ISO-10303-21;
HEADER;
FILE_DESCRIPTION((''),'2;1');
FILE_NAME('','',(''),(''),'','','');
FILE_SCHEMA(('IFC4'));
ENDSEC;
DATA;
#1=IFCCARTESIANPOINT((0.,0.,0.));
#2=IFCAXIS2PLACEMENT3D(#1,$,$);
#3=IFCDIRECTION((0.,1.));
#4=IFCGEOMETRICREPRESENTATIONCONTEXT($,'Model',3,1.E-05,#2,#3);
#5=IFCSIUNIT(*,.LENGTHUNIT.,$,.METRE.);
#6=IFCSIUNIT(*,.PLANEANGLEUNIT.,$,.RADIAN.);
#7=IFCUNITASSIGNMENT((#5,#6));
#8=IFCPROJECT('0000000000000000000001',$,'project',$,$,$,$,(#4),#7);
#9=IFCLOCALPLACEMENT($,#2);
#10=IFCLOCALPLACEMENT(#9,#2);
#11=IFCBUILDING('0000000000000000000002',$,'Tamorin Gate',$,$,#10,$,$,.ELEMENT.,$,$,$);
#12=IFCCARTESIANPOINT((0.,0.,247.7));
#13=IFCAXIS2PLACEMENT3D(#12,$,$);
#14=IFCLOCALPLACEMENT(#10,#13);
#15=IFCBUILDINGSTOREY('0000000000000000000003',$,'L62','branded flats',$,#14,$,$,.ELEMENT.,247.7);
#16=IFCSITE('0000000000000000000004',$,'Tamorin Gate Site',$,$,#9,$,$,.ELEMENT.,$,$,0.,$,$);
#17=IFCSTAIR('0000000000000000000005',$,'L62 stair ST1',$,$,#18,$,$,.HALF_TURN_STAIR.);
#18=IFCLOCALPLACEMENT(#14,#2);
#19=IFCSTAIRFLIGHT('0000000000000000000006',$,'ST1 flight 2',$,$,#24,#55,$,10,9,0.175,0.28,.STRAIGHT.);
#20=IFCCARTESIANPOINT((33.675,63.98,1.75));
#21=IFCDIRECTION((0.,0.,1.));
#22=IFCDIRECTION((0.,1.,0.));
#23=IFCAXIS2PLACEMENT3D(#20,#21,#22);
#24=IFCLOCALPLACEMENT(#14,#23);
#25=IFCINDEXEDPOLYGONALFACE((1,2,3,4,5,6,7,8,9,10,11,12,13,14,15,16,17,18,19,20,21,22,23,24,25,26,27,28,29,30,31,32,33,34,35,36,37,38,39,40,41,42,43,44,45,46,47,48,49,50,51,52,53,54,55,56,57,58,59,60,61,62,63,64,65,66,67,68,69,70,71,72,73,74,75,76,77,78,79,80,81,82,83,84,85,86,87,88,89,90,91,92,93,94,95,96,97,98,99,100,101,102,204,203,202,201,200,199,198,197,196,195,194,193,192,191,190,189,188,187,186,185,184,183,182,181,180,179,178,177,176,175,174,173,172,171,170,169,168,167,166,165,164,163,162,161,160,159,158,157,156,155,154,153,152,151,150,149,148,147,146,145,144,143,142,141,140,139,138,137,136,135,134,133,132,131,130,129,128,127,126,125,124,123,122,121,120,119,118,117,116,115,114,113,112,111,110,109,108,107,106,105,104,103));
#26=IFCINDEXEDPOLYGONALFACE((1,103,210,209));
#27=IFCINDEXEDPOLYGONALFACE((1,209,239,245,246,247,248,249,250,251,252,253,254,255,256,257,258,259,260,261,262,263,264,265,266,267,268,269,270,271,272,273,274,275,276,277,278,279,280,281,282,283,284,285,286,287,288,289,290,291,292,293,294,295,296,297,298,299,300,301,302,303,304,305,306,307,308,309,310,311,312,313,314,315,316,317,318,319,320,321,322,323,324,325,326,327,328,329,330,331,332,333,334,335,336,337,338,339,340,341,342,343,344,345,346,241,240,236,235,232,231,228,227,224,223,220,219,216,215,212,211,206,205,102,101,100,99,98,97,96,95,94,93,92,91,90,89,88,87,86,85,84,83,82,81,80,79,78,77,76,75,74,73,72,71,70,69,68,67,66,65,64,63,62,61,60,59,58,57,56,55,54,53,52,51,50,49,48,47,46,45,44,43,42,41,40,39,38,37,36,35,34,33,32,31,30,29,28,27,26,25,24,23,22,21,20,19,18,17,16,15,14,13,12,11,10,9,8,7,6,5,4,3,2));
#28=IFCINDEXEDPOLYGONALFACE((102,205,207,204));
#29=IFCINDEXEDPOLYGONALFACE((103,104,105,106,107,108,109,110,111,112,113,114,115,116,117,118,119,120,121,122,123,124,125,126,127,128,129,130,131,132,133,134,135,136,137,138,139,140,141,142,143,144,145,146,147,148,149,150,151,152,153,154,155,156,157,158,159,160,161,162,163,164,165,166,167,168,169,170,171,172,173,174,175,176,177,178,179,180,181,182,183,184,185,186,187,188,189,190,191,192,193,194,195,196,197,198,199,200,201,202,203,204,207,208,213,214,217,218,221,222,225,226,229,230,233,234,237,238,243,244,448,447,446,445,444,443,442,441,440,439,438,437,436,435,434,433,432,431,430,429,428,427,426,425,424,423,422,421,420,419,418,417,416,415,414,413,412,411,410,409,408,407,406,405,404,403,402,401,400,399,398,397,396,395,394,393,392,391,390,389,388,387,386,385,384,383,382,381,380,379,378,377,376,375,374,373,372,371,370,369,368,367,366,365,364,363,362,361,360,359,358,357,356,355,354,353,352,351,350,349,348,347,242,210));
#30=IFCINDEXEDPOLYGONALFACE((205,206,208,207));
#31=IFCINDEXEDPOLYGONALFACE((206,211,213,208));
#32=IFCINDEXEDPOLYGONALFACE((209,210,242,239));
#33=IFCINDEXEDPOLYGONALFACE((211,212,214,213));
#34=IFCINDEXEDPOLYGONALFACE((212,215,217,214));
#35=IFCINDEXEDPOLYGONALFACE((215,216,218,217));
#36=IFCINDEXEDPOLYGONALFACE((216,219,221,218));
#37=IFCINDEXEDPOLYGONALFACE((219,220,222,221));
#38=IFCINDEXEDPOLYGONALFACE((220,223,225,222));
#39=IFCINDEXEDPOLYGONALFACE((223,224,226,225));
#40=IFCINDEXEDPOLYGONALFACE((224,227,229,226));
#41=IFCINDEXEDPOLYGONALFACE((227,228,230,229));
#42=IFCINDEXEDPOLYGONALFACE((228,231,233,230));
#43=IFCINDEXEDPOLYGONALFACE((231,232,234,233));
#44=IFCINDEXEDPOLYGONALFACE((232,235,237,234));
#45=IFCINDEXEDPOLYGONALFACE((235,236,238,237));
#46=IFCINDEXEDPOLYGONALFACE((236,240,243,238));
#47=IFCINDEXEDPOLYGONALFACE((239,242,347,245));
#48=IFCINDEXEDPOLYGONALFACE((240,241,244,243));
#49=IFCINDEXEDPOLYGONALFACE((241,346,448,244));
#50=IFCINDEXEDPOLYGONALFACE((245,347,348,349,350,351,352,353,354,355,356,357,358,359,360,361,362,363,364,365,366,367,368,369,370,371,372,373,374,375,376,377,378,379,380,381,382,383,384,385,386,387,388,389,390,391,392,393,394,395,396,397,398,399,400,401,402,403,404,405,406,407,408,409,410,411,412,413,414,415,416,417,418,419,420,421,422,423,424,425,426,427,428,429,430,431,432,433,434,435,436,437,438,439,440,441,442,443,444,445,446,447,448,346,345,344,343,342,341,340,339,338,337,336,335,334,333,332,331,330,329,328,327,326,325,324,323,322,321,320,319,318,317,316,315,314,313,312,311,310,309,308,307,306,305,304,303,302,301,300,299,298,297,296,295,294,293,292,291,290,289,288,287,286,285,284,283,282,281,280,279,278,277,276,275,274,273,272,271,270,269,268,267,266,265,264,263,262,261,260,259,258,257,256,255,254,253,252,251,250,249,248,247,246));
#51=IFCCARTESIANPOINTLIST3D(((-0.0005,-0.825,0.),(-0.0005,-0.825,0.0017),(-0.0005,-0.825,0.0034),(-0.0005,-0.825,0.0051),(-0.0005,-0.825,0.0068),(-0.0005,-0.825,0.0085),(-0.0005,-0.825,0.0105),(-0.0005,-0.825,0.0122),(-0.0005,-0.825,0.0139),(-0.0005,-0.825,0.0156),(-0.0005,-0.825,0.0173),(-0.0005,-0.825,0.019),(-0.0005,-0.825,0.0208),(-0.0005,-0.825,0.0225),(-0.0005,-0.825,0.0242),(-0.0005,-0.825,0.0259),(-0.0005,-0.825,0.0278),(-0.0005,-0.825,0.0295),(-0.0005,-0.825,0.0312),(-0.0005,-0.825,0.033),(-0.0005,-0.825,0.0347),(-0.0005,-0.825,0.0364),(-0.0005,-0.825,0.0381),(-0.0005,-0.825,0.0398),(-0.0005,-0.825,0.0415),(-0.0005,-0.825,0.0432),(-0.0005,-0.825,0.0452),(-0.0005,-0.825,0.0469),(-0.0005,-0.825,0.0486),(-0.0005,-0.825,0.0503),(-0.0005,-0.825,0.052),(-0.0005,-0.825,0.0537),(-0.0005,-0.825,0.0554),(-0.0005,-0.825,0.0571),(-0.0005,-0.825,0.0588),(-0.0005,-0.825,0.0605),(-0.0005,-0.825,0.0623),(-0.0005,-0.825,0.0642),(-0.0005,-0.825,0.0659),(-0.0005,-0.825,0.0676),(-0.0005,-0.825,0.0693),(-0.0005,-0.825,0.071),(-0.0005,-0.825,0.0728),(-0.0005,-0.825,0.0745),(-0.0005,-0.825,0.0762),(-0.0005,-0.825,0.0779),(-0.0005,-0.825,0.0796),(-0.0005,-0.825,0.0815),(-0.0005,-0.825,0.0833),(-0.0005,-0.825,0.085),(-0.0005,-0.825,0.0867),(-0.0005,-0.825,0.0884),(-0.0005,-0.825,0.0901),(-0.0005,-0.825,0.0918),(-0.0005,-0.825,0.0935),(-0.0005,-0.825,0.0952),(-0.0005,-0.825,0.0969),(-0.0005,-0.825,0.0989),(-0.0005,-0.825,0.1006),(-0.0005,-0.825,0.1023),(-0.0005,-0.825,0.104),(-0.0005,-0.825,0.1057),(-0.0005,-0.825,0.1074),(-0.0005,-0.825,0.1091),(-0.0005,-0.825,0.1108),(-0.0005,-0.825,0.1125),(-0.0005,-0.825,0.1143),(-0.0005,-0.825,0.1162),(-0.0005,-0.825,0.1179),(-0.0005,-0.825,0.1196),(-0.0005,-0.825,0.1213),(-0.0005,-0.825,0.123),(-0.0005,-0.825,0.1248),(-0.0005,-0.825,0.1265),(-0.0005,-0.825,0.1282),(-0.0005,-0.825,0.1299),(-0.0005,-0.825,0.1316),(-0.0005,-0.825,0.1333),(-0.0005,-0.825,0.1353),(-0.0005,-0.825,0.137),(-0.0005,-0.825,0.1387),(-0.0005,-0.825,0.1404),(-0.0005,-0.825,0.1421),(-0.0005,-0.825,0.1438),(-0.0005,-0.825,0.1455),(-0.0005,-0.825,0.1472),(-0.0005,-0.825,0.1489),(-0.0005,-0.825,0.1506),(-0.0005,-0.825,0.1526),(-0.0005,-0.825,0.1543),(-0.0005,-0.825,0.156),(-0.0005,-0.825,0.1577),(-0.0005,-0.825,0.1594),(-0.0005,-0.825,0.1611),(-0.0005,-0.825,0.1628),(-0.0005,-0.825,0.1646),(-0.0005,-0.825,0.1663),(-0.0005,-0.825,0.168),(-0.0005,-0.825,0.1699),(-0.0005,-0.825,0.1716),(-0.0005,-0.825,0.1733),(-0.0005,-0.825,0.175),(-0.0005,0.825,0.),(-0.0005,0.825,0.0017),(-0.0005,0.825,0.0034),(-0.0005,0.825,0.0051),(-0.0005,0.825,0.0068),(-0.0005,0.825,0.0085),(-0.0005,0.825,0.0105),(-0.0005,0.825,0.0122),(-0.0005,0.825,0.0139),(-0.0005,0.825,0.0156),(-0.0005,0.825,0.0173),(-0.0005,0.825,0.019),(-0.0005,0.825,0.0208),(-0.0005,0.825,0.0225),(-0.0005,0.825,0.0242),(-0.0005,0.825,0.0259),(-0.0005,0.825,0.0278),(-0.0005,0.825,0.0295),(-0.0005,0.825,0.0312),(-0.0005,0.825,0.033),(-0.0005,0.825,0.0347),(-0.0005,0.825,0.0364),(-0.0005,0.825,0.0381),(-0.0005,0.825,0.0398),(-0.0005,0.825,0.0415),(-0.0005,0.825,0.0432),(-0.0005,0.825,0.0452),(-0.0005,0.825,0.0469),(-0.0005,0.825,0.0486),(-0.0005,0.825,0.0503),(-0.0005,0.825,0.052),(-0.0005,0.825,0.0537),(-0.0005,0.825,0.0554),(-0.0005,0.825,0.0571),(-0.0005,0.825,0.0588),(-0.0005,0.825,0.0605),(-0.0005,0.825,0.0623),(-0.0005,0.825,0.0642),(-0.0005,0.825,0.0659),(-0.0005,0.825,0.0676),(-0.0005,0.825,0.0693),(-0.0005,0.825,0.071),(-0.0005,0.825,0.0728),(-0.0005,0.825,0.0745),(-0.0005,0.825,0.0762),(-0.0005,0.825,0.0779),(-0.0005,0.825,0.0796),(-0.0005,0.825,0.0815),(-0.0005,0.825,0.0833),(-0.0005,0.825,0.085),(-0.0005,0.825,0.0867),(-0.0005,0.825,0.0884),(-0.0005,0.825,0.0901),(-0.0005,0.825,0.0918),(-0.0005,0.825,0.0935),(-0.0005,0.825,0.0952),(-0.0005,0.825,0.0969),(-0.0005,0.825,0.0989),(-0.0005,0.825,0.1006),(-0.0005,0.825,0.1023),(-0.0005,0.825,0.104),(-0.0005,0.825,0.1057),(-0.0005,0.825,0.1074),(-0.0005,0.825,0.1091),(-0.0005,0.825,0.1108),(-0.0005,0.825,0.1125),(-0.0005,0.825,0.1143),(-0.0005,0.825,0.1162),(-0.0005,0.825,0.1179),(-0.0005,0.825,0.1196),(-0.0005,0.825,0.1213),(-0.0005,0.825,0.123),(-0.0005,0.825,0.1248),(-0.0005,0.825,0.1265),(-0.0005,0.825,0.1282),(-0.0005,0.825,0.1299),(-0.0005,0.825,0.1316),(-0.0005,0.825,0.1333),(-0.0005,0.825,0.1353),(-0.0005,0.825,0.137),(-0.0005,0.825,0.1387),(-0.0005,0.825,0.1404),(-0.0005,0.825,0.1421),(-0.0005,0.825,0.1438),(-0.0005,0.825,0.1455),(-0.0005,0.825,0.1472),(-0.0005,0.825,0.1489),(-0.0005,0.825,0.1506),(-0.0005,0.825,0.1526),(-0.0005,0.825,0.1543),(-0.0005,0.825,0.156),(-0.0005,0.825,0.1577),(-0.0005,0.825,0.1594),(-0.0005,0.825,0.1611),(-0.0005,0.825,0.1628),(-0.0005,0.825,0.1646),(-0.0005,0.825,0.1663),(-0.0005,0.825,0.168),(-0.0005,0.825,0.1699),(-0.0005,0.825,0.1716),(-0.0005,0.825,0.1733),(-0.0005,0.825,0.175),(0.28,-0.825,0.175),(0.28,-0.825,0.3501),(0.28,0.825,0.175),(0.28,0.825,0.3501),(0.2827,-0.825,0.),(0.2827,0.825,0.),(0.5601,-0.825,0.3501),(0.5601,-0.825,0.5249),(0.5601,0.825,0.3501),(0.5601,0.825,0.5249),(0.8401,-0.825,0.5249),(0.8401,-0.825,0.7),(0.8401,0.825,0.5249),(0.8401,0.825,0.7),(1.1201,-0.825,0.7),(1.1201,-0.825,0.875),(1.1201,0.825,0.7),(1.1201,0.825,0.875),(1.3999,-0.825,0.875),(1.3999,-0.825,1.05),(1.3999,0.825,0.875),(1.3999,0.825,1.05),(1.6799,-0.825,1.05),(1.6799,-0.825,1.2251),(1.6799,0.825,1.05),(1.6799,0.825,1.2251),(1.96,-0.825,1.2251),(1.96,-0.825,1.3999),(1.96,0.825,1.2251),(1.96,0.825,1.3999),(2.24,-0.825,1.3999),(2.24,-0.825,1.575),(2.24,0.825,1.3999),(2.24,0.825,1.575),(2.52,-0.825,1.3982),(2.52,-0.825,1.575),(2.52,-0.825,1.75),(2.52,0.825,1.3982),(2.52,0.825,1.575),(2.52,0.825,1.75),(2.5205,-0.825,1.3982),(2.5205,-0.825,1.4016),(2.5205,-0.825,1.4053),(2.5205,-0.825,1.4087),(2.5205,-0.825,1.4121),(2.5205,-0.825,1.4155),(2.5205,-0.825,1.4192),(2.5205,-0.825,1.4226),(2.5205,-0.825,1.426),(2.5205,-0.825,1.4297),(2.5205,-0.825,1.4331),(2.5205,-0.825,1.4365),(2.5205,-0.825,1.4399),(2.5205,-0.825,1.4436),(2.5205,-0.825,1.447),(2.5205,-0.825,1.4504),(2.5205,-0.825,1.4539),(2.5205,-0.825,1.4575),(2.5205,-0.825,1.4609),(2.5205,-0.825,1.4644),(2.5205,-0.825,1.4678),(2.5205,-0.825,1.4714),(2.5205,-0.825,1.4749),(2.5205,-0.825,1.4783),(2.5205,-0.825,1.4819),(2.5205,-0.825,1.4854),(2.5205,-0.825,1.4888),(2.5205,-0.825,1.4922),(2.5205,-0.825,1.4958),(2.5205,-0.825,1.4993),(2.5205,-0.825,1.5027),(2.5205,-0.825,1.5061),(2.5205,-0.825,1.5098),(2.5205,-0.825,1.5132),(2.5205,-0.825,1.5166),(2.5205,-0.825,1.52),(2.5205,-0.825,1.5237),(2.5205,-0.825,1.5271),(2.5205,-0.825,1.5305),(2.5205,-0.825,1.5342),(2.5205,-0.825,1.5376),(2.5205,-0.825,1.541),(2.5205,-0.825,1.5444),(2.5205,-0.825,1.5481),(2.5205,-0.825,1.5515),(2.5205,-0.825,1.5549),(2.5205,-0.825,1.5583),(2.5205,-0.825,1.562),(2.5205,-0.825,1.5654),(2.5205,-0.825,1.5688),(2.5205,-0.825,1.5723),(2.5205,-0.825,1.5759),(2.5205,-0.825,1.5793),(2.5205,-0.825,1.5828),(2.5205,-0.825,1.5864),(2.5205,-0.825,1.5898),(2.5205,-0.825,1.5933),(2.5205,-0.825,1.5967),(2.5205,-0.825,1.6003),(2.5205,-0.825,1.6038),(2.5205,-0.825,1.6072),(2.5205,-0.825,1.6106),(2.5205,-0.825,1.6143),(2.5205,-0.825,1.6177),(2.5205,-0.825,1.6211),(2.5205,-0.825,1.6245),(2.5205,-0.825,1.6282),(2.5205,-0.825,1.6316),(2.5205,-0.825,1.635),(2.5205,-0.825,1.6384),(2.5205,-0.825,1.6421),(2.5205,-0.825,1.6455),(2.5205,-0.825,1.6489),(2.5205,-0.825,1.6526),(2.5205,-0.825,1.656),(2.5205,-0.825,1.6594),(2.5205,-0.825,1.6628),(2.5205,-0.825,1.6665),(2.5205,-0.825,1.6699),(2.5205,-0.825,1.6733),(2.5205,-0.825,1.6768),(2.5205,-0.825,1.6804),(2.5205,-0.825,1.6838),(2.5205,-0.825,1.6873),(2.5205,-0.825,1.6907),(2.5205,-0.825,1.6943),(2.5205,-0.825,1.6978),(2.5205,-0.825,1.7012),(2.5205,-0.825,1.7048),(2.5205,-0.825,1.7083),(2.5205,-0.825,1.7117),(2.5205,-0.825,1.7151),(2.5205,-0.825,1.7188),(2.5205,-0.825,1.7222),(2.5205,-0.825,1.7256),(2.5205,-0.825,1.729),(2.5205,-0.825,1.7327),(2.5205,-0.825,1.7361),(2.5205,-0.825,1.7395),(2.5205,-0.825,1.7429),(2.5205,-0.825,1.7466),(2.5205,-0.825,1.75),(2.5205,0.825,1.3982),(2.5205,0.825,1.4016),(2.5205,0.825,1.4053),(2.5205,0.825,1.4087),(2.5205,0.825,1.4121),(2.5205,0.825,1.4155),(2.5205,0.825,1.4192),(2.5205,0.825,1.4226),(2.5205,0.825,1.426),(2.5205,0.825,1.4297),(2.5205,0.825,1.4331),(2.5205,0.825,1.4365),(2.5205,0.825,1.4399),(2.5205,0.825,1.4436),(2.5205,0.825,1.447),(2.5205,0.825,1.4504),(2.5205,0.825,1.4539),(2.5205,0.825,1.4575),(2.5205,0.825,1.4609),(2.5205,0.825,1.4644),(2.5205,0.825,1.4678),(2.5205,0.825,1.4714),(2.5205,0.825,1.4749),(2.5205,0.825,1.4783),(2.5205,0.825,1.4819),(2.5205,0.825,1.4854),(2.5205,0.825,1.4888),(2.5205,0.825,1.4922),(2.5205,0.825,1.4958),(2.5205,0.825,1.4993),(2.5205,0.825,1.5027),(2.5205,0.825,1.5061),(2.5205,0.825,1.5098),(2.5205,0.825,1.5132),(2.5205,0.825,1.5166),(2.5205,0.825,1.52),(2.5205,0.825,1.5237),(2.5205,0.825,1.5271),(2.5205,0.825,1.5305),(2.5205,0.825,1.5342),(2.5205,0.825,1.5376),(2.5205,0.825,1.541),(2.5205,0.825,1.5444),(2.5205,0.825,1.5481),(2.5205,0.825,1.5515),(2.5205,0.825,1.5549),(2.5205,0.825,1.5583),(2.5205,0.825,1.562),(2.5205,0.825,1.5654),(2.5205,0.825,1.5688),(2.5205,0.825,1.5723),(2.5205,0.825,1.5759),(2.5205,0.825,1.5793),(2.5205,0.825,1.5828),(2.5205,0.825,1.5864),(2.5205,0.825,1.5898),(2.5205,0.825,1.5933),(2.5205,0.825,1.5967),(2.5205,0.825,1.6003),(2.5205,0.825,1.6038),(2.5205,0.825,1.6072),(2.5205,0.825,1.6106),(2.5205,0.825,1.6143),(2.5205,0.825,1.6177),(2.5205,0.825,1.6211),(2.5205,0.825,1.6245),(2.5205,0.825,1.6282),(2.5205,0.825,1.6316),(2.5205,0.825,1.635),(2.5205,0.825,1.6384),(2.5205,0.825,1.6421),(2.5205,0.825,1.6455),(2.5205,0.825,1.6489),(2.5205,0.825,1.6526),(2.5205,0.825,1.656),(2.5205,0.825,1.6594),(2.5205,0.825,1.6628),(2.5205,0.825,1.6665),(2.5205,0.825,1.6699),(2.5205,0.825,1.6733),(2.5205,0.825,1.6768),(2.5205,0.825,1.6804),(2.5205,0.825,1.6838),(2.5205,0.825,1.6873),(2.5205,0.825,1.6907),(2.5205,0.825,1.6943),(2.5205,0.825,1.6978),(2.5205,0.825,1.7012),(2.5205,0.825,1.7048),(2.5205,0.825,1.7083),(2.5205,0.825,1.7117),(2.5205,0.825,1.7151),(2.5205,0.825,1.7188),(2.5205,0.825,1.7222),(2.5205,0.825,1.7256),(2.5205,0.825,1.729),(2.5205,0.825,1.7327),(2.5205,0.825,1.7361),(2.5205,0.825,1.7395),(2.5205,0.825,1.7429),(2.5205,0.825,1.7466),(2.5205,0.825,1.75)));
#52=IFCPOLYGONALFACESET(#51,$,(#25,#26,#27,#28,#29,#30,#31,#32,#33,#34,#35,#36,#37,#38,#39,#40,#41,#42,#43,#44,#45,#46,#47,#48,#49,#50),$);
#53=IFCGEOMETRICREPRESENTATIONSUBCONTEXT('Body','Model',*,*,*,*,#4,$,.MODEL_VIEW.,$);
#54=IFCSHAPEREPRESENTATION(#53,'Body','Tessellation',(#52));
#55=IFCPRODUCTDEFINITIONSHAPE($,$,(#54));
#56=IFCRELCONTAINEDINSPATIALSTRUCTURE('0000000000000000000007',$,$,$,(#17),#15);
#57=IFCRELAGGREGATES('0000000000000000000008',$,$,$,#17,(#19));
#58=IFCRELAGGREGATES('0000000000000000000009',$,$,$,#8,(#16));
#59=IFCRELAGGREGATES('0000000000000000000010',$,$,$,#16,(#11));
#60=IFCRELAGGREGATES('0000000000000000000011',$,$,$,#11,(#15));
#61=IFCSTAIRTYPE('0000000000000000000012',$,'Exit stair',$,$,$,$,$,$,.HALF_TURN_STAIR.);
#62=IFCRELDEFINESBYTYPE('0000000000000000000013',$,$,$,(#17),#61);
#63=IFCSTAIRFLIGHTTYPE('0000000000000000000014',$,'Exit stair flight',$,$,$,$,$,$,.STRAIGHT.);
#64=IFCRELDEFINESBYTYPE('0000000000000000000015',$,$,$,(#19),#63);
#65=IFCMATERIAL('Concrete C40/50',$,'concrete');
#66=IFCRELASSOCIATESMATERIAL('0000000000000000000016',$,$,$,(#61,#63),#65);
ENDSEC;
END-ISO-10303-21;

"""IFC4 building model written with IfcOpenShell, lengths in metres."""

from ifc_helpers import new_model, si_unit, direction, frame, origin, place, context, subcontext, project, spatial, polyline, outline, extrude, material, type_object, element, aggregate, save


model = new_model("IFC4")

# Units and contexts
model_context = context("Model", 3, precision=1e-05, world=origin(), true_north=direction((0.0, 1.0)))
body_context = subcontext(model_context, "Body", "Model", "MODEL_VIEW")
ifc_project = project(units=[si_unit("LENGTHUNIT", "METRE"), si_unit("PLANEANGLEUNIT", "RADIAN")], contexts=[model_context])

# Site, building, storey
site_placement = place(None, origin())
site = spatial("IfcSite", under=ifc_project, at=site_placement, Name="Tamorin Gate Site", CompositionType="ELEMENT", RefElevation=0.0)
building_placement = place(site_placement, origin())
building = spatial("IfcBuilding", under=site, at=building_placement, Name="Tamorin Gate", CompositionType="ELEMENT")
storey_placement = place(building_placement, frame((0.0, 0.0, 247.7)))
storey = spatial("IfcBuildingStorey", under=building, at=storey_placement, Name="L62", Description="branded flats", CompositionType="ELEMENT", Elevation=247.7)

# Shared definitions
ifc_material_1 = material(Name="Concrete C40/50", Category="concrete")

# Stair, stair flight
stair_type = type_object("IfcStairType", Name="Exit stair", PredefinedType="HALF_TURN_STAIR", material=ifc_material_1)
stair_1_placement = place(storey_placement, origin())
stair_1 = element("IfcStair", 1, at=stair_1_placement, inside=storey, type_object=stair_type, Name="L62 stair ST1", PredefinedType="HALF_TURN_STAIR")
stair_flight_type = type_object("IfcStairFlightType", Name="Exit stair flight", PredefinedType="STRAIGHT", material=ifc_material_1)
stair_flight_1_placement = place(storey_placement, frame((33.675, 63.98, 1.75), z_axis=(0.0, 0.0, 1.0), x_axis=(0.0, 1.0, 0.0)))
stair_flight_1 = element("IfcStairFlight", 2, at=stair_flight_1_placement, type_object=stair_flight_type, Name="ST1 flight 2", NumberOfRisers=10, NumberOfTreads=9, PredefinedType="STRAIGHT", RiserHeight=0.175, TreadLength=0.28, context=body_context, shape_type="SweptSolid", body=[
    extrude(outline(polyline([(-0.0005, 0.0), (-0.0005, 0.0017), (-0.0005, 0.0034), (-0.0005, 0.0051), (-0.0005, 0.0068), (-0.0005, 0.0085), (-0.0005, 0.0105), (-0.0005, 0.0122), (-0.0005, 0.0139), (-0.0005, 0.0156), (-0.0005, 0.0173), (-0.0005, 0.019), (-0.0005, 0.0208), (-0.0005, 0.0225), (-0.0005, 0.0242), (-0.0005, 0.0259), (-0.0005, 0.0278), (-0.0005, 0.0295), (-0.0005, 0.0312), (-0.0005, 0.033), (-0.0005, 0.0347), (-0.0005, 0.0364), (-0.0005, 0.0381), (-0.0005, 0.0398), (-0.0005, 0.0415), (-0.0005, 0.0432), (-0.0005, 0.0452), (-0.0005, 0.0469), (-0.0005, 0.0486), (-0.0005, 0.0503), (-0.0005, 0.052), (-0.0005, 0.0537), (-0.0005, 0.0554), (-0.0005, 0.0571), (-0.0005, 0.0588), (-0.0005, 0.0605), (-0.0005, 0.0623), (-0.0005, 0.0642), (-0.0005, 0.0659), (-0.0005, 0.0676), (-0.0005, 0.0693), (-0.0005, 0.071), (-0.0005, 0.0728), (-0.0005, 0.0745), (-0.0005, 0.0762), (-0.0005, 0.0779), (-0.0005, 0.0796), (-0.0005, 0.0815), (-0.0005, 0.0833), (-0.0005, 0.085), (-0.0005, 0.0867), (-0.0005, 0.0884), (-0.0005, 0.0901), (-0.0005, 0.0918), (-0.0005, 0.0935), (-0.0005, 0.0952), (-0.0005, 0.0969), (-0.0005, 0.0989), (-0.0005, 0.1006), (-0.0005, 0.1023), (-0.0005, 0.104), (-0.0005, 0.1057), (-0.0005, 0.1074), (-0.0005, 0.1091), (-0.0005, 0.1108), (-0.0005, 0.1125), (-0.0005, 0.1143), (-0.0005, 0.1162), (-0.0005, 0.1179), (-0.0005, 0.1196), (-0.0005, 0.1213), (-0.0005, 0.123), (-0.0005, 0.1248), (-0.0005, 0.1265), (-0.0005, 0.1282), (-0.0005, 0.1299), (-0.0005, 0.1316), (-0.0005, 0.1333), (-0.0005, 0.1353), (-0.0005, 0.137), (-0.0005, 0.1387), (-0.0005, 0.1404), (-0.0005, 0.1421), (-0.0005, 0.1438), (-0.0005, 0.1455), (-0.0005, 0.1472), (-0.0005, 0.1489), (-0.0005, 0.1506), (-0.0005, 0.1526), (-0.0005, 0.1543), (-0.0005, 0.156), (-0.0005, 0.1577), (-0.0005, 0.1594), (-0.0005, 0.1611), (-0.0005, 0.1628), (-0.0005, 0.1646), (-0.0005, 0.1663), (-0.0005, 0.168), (-0.0005, 0.1699), (-0.0005, 0.1716), (-0.0005, 0.1733), (-0.0005, 0.175), (0.28, 0.175), (0.28, 0.3501), (0.5601, 0.3501), (0.5601, 0.5249), (0.8401, 0.5249), (0.8401, 0.7), (1.1201, 0.7), (1.1201, 0.875), (1.3999, 0.875), (1.3999, 1.05), (1.6799, 1.05), (1.6799, 1.2251), (1.96, 1.2251), (1.96, 1.3999), (2.24, 1.3999), (2.24, 1.575), (2.52, 1.575), (2.52, 1.75), (2.5205, 1.75), (2.5205, 1.7466), (2.5205, 1.7429), (2.5205, 1.7395), (2.5205, 1.7361), (2.5205, 1.7327), (2.5205, 1.729), (2.5205, 1.7256), (2.5205, 1.7222), (2.5205, 1.7188), (2.5205, 1.7151), (2.5205, 1.7117), (2.5205, 1.7083), (2.5205, 1.7048), (2.5205, 1.7012), (2.5205, 1.6978), (2.5205, 1.6943), (2.5205, 1.6907), (2.5205, 1.6873), (2.5205, 1.6838), (2.5205, 1.6804), (2.5205, 1.6768), (2.5205, 1.6733), (2.5205, 1.6699), (2.5205, 1.6665), (2.5205, 1.6628), (2.5205, 1.6594), (2.5205, 1.656), (2.5205, 1.6526), (2.5205, 1.6489), (2.5205, 1.6455), (2.5205, 1.6421), (2.5205, 1.6384), (2.5205, 1.635), (2.5205, 1.6316), (2.5205, 1.6282), (2.5205, 1.6245), (2.5205, 1.6211), (2.5205, 1.6177), (2.5205, 1.6143), (2.5205, 1.6106), (2.5205, 1.6072), (2.5205, 1.6038), (2.5205, 1.6003), (2.5205, 1.5967), (2.5205, 1.5933), (2.5205, 1.5898), (2.5205, 1.5864), (2.5205, 1.5828), (2.5205, 1.5793), (2.5205, 1.5759), (2.5205, 1.5723), (2.5205, 1.5688), (2.5205, 1.5654), (2.5205, 1.562), (2.5205, 1.5583), (2.5205, 1.5549), (2.5205, 1.5515), (2.5205, 1.5481), (2.5205, 1.5444), (2.5205, 1.541), (2.5205, 1.5376), (2.5205, 1.5342), (2.5205, 1.5305), (2.5205, 1.5271), (2.5205, 1.5237), (2.5205, 1.52), (2.5205, 1.5166), (2.5205, 1.5132), (2.5205, 1.5098), (2.5205, 1.5061), (2.5205, 1.5027), (2.5205, 1.4993), (2.5205, 1.4958), (2.5205, 1.4922), (2.5205, 1.4888), (2.5205, 1.4854), (2.5205, 1.4819), (2.5205, 1.4783), (2.5205, 1.4749), (2.5205, 1.4714), (2.5205, 1.4678), (2.5205, 1.4644), (2.5205, 1.4609), (2.5205, 1.4575), (2.5205, 1.4539), (2.5205, 1.4504), (2.5205, 1.447), (2.5205, 1.4436), (2.5205, 1.4399), (2.5205, 1.4365), (2.5205, 1.4331), (2.5205, 1.4297), (2.5205, 1.426), (2.5205, 1.4226), (2.5205, 1.4192), (2.5205, 1.4155), (2.5205, 1.4121), (2.5205, 1.4087), (2.5205, 1.4053), (2.5205, 1.4016), (2.5205, 1.3982), (2.52, 1.3982), (0.2827, 0.0), (-0.0005, 0.0)])), frame((0.0, 0.825, 0.0), z_axis=(0.0, -1.0, 0.0), x_axis=(1.0, 0.0, 0.0)), (0.0, 0.0, 1.0), 1.6499),
])
aggregate(stair_1, [stair_flight_1])

save(model, "model.ifc")
